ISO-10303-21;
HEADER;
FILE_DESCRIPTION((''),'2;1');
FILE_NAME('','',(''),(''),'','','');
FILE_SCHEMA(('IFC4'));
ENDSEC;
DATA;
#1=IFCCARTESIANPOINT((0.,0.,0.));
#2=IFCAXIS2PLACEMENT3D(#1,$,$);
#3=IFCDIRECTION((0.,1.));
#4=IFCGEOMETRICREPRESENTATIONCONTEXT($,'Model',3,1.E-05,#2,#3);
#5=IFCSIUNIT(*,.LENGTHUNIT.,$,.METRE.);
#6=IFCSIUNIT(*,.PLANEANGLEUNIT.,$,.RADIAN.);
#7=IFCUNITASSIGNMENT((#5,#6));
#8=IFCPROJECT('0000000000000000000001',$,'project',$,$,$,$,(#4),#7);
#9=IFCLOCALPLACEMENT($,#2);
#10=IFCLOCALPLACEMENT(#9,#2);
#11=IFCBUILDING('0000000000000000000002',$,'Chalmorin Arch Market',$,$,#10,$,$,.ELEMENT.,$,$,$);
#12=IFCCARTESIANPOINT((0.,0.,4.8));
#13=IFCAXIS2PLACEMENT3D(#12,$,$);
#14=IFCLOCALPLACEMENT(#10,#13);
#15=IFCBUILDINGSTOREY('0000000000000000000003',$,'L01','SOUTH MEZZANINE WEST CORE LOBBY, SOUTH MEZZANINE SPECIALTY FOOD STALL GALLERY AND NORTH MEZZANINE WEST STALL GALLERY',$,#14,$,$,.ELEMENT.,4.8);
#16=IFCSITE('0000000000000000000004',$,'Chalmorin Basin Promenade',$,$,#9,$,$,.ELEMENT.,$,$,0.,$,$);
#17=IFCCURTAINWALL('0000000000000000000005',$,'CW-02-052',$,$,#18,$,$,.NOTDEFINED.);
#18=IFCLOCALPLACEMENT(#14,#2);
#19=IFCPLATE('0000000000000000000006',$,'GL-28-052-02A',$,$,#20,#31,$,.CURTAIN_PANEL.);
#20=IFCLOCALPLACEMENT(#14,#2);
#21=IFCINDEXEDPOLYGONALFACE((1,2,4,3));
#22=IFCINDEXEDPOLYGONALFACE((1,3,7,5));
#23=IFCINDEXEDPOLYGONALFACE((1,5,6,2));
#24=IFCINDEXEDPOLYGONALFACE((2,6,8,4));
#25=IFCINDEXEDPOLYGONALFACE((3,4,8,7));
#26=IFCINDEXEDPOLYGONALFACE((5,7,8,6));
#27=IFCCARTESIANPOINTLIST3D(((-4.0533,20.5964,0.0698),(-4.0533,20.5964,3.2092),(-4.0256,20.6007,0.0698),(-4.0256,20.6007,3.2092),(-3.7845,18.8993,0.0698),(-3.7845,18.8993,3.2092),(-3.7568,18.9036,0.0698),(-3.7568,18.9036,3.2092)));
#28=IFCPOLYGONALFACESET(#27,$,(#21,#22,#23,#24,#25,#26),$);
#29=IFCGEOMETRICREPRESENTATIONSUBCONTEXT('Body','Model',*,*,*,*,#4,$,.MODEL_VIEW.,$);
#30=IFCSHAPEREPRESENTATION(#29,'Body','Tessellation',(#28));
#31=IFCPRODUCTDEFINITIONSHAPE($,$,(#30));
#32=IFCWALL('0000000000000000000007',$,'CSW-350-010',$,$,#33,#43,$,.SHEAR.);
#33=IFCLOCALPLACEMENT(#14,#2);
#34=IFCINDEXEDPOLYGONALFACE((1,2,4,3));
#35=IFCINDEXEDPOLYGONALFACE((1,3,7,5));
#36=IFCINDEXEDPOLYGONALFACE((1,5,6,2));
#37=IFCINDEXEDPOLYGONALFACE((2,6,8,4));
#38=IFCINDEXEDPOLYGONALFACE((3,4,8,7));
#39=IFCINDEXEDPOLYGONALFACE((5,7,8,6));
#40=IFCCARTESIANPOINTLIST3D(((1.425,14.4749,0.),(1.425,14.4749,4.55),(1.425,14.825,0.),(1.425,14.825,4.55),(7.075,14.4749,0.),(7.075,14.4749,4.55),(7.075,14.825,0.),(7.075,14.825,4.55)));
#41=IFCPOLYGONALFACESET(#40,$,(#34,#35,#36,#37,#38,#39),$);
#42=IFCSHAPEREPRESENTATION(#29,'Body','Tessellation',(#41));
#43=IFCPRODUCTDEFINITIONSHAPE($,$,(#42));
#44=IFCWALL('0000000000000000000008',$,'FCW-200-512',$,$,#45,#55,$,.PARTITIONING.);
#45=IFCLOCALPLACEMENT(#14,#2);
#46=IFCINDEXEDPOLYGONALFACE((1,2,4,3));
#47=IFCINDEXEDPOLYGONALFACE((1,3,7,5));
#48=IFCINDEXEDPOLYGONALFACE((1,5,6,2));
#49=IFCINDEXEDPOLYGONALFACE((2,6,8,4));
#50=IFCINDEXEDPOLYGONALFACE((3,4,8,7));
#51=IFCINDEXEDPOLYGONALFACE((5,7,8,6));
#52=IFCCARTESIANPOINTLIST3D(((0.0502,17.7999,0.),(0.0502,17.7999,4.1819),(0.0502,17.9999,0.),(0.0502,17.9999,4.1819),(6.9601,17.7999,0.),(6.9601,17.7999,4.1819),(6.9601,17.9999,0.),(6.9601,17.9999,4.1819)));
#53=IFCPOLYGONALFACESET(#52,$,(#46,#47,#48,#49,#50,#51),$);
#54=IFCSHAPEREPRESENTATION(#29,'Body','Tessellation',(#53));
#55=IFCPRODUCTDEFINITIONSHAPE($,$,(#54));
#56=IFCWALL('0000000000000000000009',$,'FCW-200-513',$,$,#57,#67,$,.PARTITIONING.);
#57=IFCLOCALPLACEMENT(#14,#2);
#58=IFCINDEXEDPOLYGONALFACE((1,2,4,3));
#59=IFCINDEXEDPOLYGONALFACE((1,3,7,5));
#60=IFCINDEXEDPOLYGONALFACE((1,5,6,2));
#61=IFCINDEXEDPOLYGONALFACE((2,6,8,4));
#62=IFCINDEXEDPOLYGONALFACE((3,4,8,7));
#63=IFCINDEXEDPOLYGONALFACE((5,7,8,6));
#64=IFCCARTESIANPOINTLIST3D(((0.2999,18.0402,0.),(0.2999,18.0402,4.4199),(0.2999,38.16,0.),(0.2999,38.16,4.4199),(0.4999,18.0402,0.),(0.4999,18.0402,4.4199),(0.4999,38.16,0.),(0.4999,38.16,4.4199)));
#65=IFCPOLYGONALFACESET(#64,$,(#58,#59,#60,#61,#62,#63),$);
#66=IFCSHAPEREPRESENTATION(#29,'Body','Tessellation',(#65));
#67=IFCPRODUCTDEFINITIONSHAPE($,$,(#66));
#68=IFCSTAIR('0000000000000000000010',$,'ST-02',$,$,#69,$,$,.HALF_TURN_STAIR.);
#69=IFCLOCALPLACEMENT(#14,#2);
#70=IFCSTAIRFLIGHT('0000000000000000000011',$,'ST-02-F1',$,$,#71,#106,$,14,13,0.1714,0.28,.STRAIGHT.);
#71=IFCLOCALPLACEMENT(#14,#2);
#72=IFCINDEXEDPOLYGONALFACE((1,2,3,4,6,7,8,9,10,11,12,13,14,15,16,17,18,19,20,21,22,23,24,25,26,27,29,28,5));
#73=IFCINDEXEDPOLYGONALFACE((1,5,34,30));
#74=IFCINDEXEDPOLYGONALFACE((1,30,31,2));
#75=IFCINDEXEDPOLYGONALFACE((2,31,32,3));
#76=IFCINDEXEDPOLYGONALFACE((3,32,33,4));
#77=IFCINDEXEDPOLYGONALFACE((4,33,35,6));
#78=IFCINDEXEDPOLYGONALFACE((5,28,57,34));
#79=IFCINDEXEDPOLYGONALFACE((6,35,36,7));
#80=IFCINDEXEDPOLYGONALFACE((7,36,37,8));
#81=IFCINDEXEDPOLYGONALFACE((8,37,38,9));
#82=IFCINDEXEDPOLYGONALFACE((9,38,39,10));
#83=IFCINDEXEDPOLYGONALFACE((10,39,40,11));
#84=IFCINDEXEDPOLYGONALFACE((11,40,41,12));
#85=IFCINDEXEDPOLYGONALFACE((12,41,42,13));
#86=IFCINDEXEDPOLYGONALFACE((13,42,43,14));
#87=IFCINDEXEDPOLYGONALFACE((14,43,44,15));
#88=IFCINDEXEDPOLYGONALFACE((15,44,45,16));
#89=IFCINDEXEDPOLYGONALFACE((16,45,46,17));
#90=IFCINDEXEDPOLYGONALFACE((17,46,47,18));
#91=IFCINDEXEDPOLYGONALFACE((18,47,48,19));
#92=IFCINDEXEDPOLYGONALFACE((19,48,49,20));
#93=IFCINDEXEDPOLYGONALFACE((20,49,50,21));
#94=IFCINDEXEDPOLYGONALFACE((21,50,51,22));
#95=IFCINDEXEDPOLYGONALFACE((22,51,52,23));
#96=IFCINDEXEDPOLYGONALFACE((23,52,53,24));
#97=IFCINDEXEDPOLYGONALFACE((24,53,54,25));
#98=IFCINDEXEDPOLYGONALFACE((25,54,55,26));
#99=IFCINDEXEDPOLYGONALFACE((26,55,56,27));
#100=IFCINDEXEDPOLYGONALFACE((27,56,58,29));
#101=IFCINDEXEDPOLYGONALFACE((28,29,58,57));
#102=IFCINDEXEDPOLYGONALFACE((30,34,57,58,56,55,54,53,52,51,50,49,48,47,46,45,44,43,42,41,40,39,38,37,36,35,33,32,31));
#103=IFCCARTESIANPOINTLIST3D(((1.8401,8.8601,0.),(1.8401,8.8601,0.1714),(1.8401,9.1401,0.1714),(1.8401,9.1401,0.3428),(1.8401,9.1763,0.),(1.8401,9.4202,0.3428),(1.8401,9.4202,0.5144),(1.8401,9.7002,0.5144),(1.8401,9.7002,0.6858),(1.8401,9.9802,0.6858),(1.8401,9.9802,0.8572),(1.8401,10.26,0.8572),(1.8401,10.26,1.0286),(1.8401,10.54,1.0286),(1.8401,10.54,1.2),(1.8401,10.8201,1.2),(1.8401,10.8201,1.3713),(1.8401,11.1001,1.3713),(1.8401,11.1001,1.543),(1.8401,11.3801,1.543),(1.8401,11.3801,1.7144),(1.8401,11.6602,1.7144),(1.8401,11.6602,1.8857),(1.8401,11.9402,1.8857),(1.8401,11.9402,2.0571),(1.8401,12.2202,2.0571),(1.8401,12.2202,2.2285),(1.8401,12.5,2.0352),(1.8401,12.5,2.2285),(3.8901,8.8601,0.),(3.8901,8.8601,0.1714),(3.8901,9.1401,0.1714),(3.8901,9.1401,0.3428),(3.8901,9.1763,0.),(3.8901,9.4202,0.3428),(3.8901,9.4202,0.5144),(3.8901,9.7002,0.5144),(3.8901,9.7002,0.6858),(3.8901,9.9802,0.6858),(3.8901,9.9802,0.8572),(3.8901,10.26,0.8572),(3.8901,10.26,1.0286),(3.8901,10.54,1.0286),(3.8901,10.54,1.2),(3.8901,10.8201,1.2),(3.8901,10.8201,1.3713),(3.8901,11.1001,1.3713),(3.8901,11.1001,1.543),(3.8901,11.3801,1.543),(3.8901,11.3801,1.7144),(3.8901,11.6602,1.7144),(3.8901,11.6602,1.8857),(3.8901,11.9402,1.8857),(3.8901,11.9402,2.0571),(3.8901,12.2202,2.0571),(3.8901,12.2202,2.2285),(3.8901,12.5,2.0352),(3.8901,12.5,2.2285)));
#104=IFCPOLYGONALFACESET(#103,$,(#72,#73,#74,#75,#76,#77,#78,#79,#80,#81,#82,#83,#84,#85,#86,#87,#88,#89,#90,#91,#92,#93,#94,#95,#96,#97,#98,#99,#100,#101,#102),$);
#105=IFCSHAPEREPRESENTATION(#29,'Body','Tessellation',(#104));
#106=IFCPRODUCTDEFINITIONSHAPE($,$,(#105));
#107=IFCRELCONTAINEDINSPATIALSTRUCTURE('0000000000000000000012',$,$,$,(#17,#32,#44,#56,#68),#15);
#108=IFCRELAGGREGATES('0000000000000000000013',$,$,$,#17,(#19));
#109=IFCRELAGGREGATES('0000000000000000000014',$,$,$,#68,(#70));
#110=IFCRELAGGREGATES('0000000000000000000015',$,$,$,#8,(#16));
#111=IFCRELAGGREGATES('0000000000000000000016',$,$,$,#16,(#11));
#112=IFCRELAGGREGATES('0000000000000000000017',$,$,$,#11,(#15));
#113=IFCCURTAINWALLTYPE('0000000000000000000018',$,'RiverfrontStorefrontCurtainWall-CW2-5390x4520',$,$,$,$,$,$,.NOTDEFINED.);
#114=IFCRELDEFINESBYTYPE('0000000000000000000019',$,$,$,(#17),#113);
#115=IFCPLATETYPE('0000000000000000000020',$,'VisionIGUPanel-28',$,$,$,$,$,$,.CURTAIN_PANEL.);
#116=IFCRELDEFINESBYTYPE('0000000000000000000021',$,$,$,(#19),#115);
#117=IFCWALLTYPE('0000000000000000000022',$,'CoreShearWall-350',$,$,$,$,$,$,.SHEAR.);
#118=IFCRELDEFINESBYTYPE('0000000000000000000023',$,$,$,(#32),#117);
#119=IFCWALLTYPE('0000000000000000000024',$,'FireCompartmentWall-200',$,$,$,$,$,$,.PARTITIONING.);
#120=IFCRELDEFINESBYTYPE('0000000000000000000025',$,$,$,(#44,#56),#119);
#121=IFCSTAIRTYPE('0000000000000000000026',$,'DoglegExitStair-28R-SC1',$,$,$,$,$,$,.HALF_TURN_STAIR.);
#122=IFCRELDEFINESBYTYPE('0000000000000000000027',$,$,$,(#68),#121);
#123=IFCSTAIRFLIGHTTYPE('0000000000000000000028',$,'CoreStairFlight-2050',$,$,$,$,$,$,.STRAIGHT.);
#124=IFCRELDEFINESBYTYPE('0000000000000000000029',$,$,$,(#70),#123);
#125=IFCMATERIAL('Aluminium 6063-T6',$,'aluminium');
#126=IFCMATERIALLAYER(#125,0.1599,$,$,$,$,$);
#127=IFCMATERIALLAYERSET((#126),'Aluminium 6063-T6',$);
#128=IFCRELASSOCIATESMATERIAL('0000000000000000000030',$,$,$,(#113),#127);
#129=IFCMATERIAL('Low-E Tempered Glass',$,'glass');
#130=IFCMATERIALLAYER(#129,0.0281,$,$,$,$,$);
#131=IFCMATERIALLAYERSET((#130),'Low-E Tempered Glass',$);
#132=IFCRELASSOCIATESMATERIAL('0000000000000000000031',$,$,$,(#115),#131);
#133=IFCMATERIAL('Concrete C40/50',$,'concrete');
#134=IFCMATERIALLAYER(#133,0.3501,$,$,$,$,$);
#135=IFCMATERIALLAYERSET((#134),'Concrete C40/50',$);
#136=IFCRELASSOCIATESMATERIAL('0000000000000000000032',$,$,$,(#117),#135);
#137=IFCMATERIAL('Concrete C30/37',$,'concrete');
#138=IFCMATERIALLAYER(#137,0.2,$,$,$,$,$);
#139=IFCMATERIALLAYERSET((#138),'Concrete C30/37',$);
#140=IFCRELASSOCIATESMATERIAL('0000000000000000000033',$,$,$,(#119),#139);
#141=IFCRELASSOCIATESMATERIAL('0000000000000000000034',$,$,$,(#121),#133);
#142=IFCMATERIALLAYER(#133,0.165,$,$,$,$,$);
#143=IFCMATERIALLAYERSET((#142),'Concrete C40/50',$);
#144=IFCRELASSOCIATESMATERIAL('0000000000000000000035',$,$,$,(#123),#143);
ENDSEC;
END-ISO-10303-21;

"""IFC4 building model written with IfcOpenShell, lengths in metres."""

from ifc_helpers import new_model, si_unit, direction, frame, frame_2d, origin, origin_2d, place, context, subcontext, project, spatial, polyline, rectangle, outline, extrude, material, layer, layer_set, type_object, element, aggregate, save


model = new_model("IFC4")

# Units and contexts
model_context = context("Model", 3, precision=1e-05, world=origin(), true_north=direction((0.0, 1.0)))
body_context = subcontext(model_context, "Body", "Model", "MODEL_VIEW")
ifc_project = project(units=[si_unit("LENGTHUNIT", "METRE"), si_unit("PLANEANGLEUNIT", "RADIAN")], contexts=[model_context])

# Site, building, storey
site_placement = place(None, origin())
site = spatial("IfcSite", under=ifc_project, at=site_placement, Name="Chalmorin Basin Promenade", CompositionType="ELEMENT", RefElevation=0.0)
building_placement = place(site_placement, origin())
building = spatial("IfcBuilding", under=site, at=building_placement, Name="Chalmorin Arch Market", CompositionType="ELEMENT")
storey_placement = place(building_placement, frame((0.0, 0.0, 4.8)))
storey = spatial("IfcBuildingStorey", under=building, at=storey_placement, Name="L01", Description="SOUTH MEZZANINE WEST CORE LOBBY, SOUTH MEZZANINE SPECIALTY FOOD STALL GALLERY AND NORTH MEZZANINE WEST STALL GALLERY", CompositionType="ELEMENT", Elevation=4.8)

# Shared definitions
ifc_material_1 = material(Name="Concrete C40/50", Category="concrete")

# Curtain wall
ifc_material_2 = material(Name="Aluminium 6063-T6", Category="aluminium")
ifc_layer_1 = layer(ifc_material_2, 0.1599)
ifc_layer_set_1 = layer_set([ifc_layer_1], Name="Aluminium 6063-T6")
curtain_wall_type_1 = type_object("IfcCurtainWallType", Name="RiverfrontStorefrontCurtainWall-CW2-5390x4520", PredefinedType="NOTDEFINED", material=ifc_layer_set_1)
curtain_wall_1_placement = place(storey_placement, origin())
curtain_wall_1 = element("IfcCurtainWall", 1, at=curtain_wall_1_placement, inside=storey, type_object=curtain_wall_type_1, Name="CW-02-052", PredefinedType="NOTDEFINED")

# Plate
ifc_material_3 = material(Name="Low-E Tempered Glass", Category="glass")
ifc_layer_2 = layer(ifc_material_3, 0.0281)
ifc_layer_set_2 = layer_set([ifc_layer_2], Name="Low-E Tempered Glass")
plate_type_1 = type_object("IfcPlateType", Name="VisionIGUPanel-28", PredefinedType="CURTAIN_PANEL", material=ifc_layer_set_2)
plate_1_placement = place(storey_placement, frame((-3.905, 19.75, 0.0698), z_axis=(0.0, 0.0, 1.0), x_axis=(-0.156434, 0.987688, 0.0)))
plate_1 = element("IfcPlate", 2, at=plate_1_placement, type_object=plate_type_1, Name="GL-28-052-02A", PredefinedType="CURTAIN_PANEL", context=body_context, shape_type="SweptSolid", body=[
    extrude(rectangle(XDim=1.7183, YDim=0.0281, at=origin_2d()), origin(), (0.0, 0.0, 1.0), 3.1394),
])
aggregate(curtain_wall_1, [plate_1])

# Walls
ifc_layer_3 = layer(ifc_material_1, 0.3501)
ifc_layer_set_3 = layer_set([ifc_layer_3], Name="Concrete C40/50")
wall_type_1 = type_object("IfcWallType", Name="CoreShearWall-350", PredefinedType="SHEAR", material=ifc_layer_set_3)
wall_1_placement = place(storey_placement, frame((1.425, 14.6499, 0.0), z_axis=(0.0, 0.0, 1.0), x_axis=(1.0, 0.0, 0.0)))
element("IfcWall", 3, at=wall_1_placement, inside=storey, type_object=wall_type_1, Name="CSW-350-010", PredefinedType="SHEAR", context=body_context, shape_type="SweptSolid", body=[
    extrude(rectangle(XDim=5.6499, YDim=0.3501, at=frame_2d((2.825, 0.0))), origin(), (0.0, 0.0, 1.0), 4.55),
])
ifc_material_4 = material(Name="Concrete C30/37", Category="concrete")
ifc_layer_4 = layer(ifc_material_4, 0.2)
ifc_layer_set_4 = layer_set([ifc_layer_4], Name="Concrete C30/37")
wall_type_2 = type_object("IfcWallType", Name="FireCompartmentWall-200", PredefinedType="PARTITIONING", material=ifc_layer_set_4)
wall_2_placement = place(storey_placement, frame((0.05, 17.8999, 0.0), z_axis=(0.0, 0.0, 1.0), x_axis=(1.0, 0.0, 0.0)))
element("IfcWall", 4, at=wall_2_placement, inside=storey, type_object=wall_type_2, Name="FCW-200-512", PredefinedType="PARTITIONING", context=body_context, shape_type="SweptSolid", body=[
    extrude(rectangle(XDim=6.9099, YDim=0.2, at=frame_2d((3.4551, 0.0))), origin(), (0.0, 0.0, 1.0), 4.1819),
])
wall_3_placement = place(storey_placement, frame((0.3999, 18.04, 0.0), z_axis=(0.0, 0.0, 1.0), x_axis=(0.0, 1.0, 0.0)))
element("IfcWall", 5, at=wall_3_placement, inside=storey, type_object=wall_type_2, Name="FCW-200-513", PredefinedType="PARTITIONING", context=body_context, shape_type="SweptSolid", body=[
    extrude(rectangle(XDim=20.1199, YDim=0.2, at=frame_2d((10.0601, 0.0))), origin(), (0.0, 0.0, 1.0), 4.4199),
])

# Stair, stair flight
stair_type = type_object("IfcStairType", Name="DoglegExitStair-28R-SC1", PredefinedType="HALF_TURN_STAIR", material=ifc_material_1)
stair_placement = place(storey_placement, origin())
stair = element("IfcStair", 6, at=stair_placement, inside=storey, type_object=stair_type, Name="ST-02", PredefinedType="HALF_TURN_STAIR")
ifc_layer_5 = layer(ifc_material_1, 0.165)
ifc_layer_set_5 = layer_set([ifc_layer_5], Name="Concrete C40/50")
stair_flight_type = type_object("IfcStairFlightType", Name="CoreStairFlight-2050", PredefinedType="STRAIGHT", material=ifc_layer_set_5)
stair_flight_placement = place(storey_placement, frame((2.865, 8.8601, 0.0), z_axis=(0.0, 0.0, 1.0), x_axis=(0.0, 1.0, 0.0)))
stair_flight = element("IfcStairFlight", 7, at=stair_flight_placement, type_object=stair_flight_type, Name="ST-02-F1", NumberOfRisers=14, NumberOfTreads=13, PredefinedType="STRAIGHT", RiserHeight=0.1714, TreadLength=0.28, context=body_context, shape_type="SweptSolid", body=[
    extrude(outline(polyline([(0.0, 0.0), (0.0, 0.1714), (0.28, 0.1714), (0.28, 0.3428), (0.5601, 0.3428), (0.5601, 0.5144), (0.8401, 0.5144), (0.8401, 0.6858), (1.1201, 0.6858), (1.1201, 0.8572), (1.3999, 0.8572), (1.3999, 1.0286), (1.6799, 1.0286), (1.6799, 1.2), (1.96, 1.2), (1.96, 1.3713), (2.24, 1.3713), (2.24, 1.543), (2.52, 1.543), (2.52, 1.7144), (2.8, 1.7144), (2.8, 1.8857), (3.0801, 1.8857), (3.0801, 2.0571), (3.3601, 2.0571), (3.3601, 2.2285), (3.6399, 2.2285), (3.6399, 2.3999), (3.6399, 2.0352), (0.3162, 0.0), (0.0, 0.0)])), frame((0.0, 1.0249, 0.0), z_axis=(0.0, -1.0, 0.0), x_axis=(1.0, 0.0, 0.0)), (0.0, 0.0, 1.0), 2.05),
])
aggregate(stair, [stair_flight])

save(model, "model.ifc")
